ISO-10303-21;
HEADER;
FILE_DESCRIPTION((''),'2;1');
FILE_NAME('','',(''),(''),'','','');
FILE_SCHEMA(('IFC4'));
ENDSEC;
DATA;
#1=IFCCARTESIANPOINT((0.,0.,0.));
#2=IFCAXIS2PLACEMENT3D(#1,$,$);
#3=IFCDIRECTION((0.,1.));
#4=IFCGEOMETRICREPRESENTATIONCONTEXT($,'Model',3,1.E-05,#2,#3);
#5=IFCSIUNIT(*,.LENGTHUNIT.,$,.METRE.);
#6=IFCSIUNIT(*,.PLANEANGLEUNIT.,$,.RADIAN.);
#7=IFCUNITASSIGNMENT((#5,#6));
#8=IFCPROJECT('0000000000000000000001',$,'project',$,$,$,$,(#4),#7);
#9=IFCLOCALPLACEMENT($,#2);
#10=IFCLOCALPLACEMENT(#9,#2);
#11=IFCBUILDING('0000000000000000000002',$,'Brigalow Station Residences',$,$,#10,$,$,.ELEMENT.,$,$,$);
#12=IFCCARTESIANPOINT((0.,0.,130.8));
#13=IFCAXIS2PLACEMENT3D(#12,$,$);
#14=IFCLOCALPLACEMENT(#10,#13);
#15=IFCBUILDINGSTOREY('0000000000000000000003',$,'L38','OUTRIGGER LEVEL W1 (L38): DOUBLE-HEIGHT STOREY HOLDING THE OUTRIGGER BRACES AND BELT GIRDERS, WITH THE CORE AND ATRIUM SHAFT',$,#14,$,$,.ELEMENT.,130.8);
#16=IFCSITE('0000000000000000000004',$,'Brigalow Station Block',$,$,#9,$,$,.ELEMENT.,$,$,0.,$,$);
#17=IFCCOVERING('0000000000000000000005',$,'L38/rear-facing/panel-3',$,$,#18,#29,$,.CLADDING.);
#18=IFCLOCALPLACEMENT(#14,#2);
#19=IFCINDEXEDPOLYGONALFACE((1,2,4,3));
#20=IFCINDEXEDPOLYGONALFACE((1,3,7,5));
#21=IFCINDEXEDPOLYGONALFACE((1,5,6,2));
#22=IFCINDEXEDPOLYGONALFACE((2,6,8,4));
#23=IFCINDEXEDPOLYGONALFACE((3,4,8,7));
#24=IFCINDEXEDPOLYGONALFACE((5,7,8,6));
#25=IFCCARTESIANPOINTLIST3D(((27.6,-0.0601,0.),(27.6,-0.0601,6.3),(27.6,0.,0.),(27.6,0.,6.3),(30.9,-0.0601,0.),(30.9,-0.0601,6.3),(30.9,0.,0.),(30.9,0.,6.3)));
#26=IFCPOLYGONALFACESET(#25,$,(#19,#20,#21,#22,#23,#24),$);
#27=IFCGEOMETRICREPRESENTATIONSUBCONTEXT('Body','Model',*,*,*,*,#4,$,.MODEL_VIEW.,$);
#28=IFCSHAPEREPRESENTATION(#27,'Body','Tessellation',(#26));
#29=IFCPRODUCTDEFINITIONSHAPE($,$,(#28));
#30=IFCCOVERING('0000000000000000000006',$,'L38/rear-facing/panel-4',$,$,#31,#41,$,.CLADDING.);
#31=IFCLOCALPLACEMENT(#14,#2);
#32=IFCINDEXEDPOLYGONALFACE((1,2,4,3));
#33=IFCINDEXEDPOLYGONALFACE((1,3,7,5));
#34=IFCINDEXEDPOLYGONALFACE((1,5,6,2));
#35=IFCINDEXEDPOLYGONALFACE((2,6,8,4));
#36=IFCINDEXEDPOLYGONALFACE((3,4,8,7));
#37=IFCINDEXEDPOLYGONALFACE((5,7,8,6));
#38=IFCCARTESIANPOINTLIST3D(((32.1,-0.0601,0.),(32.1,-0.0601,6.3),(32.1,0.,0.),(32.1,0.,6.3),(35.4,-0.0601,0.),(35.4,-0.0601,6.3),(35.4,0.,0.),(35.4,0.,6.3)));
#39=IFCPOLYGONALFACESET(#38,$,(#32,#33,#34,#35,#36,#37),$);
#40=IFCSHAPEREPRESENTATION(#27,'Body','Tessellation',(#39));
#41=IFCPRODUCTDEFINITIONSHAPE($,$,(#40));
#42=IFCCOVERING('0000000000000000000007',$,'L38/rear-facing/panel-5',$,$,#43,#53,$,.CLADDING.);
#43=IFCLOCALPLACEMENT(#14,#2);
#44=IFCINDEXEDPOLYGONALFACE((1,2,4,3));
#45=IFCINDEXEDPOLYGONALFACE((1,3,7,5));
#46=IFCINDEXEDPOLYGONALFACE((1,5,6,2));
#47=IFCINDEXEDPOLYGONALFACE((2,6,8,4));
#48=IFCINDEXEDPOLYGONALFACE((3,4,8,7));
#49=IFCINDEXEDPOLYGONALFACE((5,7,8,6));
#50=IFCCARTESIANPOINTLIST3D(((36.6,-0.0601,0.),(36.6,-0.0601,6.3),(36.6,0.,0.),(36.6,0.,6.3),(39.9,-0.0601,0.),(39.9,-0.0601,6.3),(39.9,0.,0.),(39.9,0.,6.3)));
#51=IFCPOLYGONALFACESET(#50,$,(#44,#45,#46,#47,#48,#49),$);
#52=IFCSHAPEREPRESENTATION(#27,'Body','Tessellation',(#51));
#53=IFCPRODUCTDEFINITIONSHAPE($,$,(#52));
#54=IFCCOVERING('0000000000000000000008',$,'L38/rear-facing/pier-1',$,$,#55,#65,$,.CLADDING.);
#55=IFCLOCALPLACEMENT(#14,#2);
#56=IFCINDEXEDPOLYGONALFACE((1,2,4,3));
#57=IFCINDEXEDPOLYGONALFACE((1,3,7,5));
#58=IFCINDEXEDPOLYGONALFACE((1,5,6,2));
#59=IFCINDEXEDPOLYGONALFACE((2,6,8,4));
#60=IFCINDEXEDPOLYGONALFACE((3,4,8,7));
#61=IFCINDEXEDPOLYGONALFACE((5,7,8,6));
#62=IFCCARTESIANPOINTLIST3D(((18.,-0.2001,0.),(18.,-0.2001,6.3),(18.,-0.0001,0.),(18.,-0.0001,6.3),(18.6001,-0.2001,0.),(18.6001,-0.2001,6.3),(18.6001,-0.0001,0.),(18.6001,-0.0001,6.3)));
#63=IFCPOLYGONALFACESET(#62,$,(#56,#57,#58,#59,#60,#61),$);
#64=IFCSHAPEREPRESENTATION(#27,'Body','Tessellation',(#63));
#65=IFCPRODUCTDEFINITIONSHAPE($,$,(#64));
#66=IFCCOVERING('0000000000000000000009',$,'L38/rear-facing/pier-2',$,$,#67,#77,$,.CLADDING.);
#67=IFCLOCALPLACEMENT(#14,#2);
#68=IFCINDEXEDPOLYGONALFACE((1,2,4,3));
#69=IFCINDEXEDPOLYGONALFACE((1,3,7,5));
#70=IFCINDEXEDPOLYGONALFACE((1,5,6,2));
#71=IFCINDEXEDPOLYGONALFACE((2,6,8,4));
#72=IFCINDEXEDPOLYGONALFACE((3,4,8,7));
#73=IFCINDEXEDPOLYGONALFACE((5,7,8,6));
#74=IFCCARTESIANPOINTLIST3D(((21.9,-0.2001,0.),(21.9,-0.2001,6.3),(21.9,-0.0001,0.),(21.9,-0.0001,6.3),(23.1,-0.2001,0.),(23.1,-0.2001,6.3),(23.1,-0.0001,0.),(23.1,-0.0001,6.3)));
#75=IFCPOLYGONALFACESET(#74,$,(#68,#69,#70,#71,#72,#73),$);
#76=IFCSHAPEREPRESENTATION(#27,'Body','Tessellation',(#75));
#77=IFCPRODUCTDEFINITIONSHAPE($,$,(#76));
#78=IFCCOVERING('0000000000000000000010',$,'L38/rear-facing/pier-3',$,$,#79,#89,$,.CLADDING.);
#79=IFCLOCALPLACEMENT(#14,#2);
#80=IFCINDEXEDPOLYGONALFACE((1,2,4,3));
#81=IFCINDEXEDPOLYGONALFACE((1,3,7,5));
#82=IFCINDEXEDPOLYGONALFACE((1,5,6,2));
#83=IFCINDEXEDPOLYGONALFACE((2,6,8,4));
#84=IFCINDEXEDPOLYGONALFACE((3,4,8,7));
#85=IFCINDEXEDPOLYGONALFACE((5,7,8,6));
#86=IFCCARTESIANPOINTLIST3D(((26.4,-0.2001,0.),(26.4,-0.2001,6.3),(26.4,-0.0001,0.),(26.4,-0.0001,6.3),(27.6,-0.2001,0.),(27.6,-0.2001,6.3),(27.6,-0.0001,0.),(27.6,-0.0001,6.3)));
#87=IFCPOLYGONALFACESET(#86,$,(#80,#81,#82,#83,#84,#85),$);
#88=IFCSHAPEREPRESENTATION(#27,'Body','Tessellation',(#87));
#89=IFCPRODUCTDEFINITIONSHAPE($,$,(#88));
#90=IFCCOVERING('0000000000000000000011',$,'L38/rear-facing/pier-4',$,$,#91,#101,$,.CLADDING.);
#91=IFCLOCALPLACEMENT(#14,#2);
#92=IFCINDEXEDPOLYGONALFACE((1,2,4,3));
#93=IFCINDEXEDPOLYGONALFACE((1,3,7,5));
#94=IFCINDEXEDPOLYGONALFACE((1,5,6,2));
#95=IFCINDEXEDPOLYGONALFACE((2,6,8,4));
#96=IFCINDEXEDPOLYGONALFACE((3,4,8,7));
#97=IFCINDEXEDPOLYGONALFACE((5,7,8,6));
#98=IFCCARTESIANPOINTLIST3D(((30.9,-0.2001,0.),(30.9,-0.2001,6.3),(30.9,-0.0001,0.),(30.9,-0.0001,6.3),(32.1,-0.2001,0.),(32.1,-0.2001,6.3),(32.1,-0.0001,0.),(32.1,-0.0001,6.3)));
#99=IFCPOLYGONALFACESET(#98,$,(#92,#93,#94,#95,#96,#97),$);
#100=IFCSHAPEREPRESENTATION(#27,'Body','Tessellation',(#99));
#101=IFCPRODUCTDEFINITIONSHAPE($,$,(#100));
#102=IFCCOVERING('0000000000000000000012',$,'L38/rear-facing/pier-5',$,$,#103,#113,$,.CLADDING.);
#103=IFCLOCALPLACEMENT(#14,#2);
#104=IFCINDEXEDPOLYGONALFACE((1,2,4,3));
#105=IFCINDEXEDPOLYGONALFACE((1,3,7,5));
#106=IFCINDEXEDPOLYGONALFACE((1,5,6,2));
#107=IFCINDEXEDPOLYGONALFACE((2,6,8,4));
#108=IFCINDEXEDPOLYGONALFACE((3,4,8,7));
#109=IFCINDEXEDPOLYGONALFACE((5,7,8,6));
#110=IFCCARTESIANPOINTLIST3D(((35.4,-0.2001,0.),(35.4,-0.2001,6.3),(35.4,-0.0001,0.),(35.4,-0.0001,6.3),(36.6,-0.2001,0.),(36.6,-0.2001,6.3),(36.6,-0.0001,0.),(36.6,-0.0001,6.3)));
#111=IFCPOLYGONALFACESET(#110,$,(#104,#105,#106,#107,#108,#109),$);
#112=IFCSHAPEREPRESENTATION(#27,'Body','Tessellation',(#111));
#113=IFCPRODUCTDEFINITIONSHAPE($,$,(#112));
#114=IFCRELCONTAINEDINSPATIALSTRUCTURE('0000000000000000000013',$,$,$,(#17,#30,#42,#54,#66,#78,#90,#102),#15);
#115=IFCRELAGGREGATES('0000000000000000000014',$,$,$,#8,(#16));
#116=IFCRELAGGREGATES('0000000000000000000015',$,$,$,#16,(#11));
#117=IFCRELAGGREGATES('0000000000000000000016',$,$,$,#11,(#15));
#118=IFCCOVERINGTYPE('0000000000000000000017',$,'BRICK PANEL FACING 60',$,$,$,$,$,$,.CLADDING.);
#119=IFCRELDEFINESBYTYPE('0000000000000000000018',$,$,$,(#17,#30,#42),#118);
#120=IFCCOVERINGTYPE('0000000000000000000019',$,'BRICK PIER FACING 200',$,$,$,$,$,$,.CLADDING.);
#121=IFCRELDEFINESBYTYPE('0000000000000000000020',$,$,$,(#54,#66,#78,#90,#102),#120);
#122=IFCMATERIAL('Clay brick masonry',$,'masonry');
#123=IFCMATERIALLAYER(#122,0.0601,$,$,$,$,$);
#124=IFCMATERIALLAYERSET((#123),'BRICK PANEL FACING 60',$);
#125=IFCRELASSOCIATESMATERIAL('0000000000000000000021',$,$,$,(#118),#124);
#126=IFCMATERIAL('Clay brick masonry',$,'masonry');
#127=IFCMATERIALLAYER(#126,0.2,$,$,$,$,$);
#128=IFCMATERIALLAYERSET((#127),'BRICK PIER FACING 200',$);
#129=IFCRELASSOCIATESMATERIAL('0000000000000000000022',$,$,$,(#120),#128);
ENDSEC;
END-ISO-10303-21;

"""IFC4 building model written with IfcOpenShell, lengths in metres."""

from ifc_helpers import new_model, si_unit, direction, frame, origin, origin_2d, place, context, subcontext, project, spatial, rectangle, extrude, material, layer, layer_set, type_object, element, save


model = new_model("IFC4")

# Units and contexts
model_context = context("Model", 3, precision=1e-05, world=origin(), true_north=direction((0.0, 1.0)))
body_context = subcontext(model_context, "Body", "Model", "MODEL_VIEW")
ifc_project = project(units=[si_unit("LENGTHUNIT", "METRE"), si_unit("PLANEANGLEUNIT", "RADIAN")], contexts=[model_context])

# Site, building, storey
site_placement = place(None, origin())
site = spatial("IfcSite", under=ifc_project, at=site_placement, Name="Brigalow Station Block", CompositionType="ELEMENT", RefElevation=0.0)
building_placement = place(site_placement, origin())
building = spatial("IfcBuilding", under=site, at=building_placement, Name="Brigalow Station Residences", CompositionType="ELEMENT")
storey_placement = place(building_placement, frame((0.0, 0.0, 130.8)))
storey = spatial("IfcBuildingStorey", under=building, at=storey_placement, Name="L38", Description="OUTRIGGER LEVEL W1 (L38): DOUBLE-HEIGHT STOREY HOLDING THE OUTRIGGER BRACES AND BELT GIRDERS, WITH THE CORE AND ATRIUM SHAFT", CompositionType="ELEMENT", Elevation=130.8)

# Coverings
ifc_material_1 = material(Name="Clay brick masonry", Category="masonry")
ifc_layer_1 = layer(ifc_material_1, 0.0601)
ifc_layer_set_1 = layer_set([ifc_layer_1], Name="BRICK PANEL FACING 60")
covering_type_1 = type_object("IfcCoveringType", Name="BRICK PANEL FACING 60", PredefinedType="CLADDING", material=ifc_layer_set_1)
for number, where, z_axis, x_axis, name in (
    (1, (29.25, -0.03, 0.0), (0.0, 0.0, 1.0), (1.0, 0.0, 0.0), "L38/rear-facing/panel-3"),
    (2, (33.75, -0.03, 0.0), (0.0, 0.0, 1.0), (1.0, 0.0, 0.0), "L38/rear-facing/panel-4"),
    (3, (38.25, -0.03, 0.0), (0.0, 0.0, 1.0), (1.0, 0.0, 0.0), "L38/rear-facing/panel-5"),
):
    element("IfcCovering", number, at=place(storey_placement, frame(where, z_axis=z_axis, x_axis=x_axis)), inside=storey, type_object=covering_type_1, Name=name, PredefinedType="CLADDING", context=body_context, shape_type="SweptSolid", body=[
        extrude(rectangle(XDim=3.3, YDim=0.0601, at=origin_2d()), origin(), (0.0, 0.0, 1.0), 6.3),
    ])
ifc_material_2 = material(Name="Clay brick masonry", Category="masonry")
ifc_layer_2 = layer(ifc_material_2, 0.2)
ifc_layer_set_2 = layer_set([ifc_layer_2], Name="BRICK PIER FACING 200")
covering_type_2 = type_object("IfcCoveringType", Name="BRICK PIER FACING 200", PredefinedType="CLADDING", material=ifc_layer_set_2)
covering_placement = place(storey_placement, frame((18.3, -0.1001, 0.0), z_axis=(0.0, 0.0, 1.0), x_axis=(1.0, 0.0, 0.0)))
element("IfcCovering", 4, at=covering_placement, inside=storey, type_object=covering_type_2, Name="L38/rear-facing/pier-1", PredefinedType="CLADDING", context=body_context, shape_type="SweptSolid", body=[
    extrude(rectangle(XDim=0.6001, YDim=0.2, at=origin_2d()), origin(), (0.0, 0.0, 1.0), 6.3),
])
for number, where, z_axis, x_axis, name in (
    (5, (22.5, -0.1001, 0.0), (0.0, 0.0, 1.0), (1.0, 0.0, 0.0), "L38/rear-facing/pier-2"),
    (6, (27.0, -0.1001, 0.0), (0.0, 0.0, 1.0), (1.0, 0.0, 0.0), "L38/rear-facing/pier-3"),
    (7, (31.5, -0.1001, 0.0), (0.0, 0.0, 1.0), (1.0, 0.0, 0.0), "L38/rear-facing/pier-4"),
    (8, (36.0, -0.1001, 0.0), (0.0, 0.0, 1.0), (1.0, 0.0, 0.0), "L38/rear-facing/pier-5"),
):
    element("IfcCovering", number, at=place(storey_placement, frame(where, z_axis=z_axis, x_axis=x_axis)), inside=storey, type_object=covering_type_2, Name=name, PredefinedType="CLADDING", context=body_context, shape_type="SweptSolid", body=[
        extrude(rectangle(XDim=1.2, YDim=0.2, at=origin_2d()), origin(), (0.0, 0.0, 1.0), 6.3),
    ])

save(model, "model.ifc")
